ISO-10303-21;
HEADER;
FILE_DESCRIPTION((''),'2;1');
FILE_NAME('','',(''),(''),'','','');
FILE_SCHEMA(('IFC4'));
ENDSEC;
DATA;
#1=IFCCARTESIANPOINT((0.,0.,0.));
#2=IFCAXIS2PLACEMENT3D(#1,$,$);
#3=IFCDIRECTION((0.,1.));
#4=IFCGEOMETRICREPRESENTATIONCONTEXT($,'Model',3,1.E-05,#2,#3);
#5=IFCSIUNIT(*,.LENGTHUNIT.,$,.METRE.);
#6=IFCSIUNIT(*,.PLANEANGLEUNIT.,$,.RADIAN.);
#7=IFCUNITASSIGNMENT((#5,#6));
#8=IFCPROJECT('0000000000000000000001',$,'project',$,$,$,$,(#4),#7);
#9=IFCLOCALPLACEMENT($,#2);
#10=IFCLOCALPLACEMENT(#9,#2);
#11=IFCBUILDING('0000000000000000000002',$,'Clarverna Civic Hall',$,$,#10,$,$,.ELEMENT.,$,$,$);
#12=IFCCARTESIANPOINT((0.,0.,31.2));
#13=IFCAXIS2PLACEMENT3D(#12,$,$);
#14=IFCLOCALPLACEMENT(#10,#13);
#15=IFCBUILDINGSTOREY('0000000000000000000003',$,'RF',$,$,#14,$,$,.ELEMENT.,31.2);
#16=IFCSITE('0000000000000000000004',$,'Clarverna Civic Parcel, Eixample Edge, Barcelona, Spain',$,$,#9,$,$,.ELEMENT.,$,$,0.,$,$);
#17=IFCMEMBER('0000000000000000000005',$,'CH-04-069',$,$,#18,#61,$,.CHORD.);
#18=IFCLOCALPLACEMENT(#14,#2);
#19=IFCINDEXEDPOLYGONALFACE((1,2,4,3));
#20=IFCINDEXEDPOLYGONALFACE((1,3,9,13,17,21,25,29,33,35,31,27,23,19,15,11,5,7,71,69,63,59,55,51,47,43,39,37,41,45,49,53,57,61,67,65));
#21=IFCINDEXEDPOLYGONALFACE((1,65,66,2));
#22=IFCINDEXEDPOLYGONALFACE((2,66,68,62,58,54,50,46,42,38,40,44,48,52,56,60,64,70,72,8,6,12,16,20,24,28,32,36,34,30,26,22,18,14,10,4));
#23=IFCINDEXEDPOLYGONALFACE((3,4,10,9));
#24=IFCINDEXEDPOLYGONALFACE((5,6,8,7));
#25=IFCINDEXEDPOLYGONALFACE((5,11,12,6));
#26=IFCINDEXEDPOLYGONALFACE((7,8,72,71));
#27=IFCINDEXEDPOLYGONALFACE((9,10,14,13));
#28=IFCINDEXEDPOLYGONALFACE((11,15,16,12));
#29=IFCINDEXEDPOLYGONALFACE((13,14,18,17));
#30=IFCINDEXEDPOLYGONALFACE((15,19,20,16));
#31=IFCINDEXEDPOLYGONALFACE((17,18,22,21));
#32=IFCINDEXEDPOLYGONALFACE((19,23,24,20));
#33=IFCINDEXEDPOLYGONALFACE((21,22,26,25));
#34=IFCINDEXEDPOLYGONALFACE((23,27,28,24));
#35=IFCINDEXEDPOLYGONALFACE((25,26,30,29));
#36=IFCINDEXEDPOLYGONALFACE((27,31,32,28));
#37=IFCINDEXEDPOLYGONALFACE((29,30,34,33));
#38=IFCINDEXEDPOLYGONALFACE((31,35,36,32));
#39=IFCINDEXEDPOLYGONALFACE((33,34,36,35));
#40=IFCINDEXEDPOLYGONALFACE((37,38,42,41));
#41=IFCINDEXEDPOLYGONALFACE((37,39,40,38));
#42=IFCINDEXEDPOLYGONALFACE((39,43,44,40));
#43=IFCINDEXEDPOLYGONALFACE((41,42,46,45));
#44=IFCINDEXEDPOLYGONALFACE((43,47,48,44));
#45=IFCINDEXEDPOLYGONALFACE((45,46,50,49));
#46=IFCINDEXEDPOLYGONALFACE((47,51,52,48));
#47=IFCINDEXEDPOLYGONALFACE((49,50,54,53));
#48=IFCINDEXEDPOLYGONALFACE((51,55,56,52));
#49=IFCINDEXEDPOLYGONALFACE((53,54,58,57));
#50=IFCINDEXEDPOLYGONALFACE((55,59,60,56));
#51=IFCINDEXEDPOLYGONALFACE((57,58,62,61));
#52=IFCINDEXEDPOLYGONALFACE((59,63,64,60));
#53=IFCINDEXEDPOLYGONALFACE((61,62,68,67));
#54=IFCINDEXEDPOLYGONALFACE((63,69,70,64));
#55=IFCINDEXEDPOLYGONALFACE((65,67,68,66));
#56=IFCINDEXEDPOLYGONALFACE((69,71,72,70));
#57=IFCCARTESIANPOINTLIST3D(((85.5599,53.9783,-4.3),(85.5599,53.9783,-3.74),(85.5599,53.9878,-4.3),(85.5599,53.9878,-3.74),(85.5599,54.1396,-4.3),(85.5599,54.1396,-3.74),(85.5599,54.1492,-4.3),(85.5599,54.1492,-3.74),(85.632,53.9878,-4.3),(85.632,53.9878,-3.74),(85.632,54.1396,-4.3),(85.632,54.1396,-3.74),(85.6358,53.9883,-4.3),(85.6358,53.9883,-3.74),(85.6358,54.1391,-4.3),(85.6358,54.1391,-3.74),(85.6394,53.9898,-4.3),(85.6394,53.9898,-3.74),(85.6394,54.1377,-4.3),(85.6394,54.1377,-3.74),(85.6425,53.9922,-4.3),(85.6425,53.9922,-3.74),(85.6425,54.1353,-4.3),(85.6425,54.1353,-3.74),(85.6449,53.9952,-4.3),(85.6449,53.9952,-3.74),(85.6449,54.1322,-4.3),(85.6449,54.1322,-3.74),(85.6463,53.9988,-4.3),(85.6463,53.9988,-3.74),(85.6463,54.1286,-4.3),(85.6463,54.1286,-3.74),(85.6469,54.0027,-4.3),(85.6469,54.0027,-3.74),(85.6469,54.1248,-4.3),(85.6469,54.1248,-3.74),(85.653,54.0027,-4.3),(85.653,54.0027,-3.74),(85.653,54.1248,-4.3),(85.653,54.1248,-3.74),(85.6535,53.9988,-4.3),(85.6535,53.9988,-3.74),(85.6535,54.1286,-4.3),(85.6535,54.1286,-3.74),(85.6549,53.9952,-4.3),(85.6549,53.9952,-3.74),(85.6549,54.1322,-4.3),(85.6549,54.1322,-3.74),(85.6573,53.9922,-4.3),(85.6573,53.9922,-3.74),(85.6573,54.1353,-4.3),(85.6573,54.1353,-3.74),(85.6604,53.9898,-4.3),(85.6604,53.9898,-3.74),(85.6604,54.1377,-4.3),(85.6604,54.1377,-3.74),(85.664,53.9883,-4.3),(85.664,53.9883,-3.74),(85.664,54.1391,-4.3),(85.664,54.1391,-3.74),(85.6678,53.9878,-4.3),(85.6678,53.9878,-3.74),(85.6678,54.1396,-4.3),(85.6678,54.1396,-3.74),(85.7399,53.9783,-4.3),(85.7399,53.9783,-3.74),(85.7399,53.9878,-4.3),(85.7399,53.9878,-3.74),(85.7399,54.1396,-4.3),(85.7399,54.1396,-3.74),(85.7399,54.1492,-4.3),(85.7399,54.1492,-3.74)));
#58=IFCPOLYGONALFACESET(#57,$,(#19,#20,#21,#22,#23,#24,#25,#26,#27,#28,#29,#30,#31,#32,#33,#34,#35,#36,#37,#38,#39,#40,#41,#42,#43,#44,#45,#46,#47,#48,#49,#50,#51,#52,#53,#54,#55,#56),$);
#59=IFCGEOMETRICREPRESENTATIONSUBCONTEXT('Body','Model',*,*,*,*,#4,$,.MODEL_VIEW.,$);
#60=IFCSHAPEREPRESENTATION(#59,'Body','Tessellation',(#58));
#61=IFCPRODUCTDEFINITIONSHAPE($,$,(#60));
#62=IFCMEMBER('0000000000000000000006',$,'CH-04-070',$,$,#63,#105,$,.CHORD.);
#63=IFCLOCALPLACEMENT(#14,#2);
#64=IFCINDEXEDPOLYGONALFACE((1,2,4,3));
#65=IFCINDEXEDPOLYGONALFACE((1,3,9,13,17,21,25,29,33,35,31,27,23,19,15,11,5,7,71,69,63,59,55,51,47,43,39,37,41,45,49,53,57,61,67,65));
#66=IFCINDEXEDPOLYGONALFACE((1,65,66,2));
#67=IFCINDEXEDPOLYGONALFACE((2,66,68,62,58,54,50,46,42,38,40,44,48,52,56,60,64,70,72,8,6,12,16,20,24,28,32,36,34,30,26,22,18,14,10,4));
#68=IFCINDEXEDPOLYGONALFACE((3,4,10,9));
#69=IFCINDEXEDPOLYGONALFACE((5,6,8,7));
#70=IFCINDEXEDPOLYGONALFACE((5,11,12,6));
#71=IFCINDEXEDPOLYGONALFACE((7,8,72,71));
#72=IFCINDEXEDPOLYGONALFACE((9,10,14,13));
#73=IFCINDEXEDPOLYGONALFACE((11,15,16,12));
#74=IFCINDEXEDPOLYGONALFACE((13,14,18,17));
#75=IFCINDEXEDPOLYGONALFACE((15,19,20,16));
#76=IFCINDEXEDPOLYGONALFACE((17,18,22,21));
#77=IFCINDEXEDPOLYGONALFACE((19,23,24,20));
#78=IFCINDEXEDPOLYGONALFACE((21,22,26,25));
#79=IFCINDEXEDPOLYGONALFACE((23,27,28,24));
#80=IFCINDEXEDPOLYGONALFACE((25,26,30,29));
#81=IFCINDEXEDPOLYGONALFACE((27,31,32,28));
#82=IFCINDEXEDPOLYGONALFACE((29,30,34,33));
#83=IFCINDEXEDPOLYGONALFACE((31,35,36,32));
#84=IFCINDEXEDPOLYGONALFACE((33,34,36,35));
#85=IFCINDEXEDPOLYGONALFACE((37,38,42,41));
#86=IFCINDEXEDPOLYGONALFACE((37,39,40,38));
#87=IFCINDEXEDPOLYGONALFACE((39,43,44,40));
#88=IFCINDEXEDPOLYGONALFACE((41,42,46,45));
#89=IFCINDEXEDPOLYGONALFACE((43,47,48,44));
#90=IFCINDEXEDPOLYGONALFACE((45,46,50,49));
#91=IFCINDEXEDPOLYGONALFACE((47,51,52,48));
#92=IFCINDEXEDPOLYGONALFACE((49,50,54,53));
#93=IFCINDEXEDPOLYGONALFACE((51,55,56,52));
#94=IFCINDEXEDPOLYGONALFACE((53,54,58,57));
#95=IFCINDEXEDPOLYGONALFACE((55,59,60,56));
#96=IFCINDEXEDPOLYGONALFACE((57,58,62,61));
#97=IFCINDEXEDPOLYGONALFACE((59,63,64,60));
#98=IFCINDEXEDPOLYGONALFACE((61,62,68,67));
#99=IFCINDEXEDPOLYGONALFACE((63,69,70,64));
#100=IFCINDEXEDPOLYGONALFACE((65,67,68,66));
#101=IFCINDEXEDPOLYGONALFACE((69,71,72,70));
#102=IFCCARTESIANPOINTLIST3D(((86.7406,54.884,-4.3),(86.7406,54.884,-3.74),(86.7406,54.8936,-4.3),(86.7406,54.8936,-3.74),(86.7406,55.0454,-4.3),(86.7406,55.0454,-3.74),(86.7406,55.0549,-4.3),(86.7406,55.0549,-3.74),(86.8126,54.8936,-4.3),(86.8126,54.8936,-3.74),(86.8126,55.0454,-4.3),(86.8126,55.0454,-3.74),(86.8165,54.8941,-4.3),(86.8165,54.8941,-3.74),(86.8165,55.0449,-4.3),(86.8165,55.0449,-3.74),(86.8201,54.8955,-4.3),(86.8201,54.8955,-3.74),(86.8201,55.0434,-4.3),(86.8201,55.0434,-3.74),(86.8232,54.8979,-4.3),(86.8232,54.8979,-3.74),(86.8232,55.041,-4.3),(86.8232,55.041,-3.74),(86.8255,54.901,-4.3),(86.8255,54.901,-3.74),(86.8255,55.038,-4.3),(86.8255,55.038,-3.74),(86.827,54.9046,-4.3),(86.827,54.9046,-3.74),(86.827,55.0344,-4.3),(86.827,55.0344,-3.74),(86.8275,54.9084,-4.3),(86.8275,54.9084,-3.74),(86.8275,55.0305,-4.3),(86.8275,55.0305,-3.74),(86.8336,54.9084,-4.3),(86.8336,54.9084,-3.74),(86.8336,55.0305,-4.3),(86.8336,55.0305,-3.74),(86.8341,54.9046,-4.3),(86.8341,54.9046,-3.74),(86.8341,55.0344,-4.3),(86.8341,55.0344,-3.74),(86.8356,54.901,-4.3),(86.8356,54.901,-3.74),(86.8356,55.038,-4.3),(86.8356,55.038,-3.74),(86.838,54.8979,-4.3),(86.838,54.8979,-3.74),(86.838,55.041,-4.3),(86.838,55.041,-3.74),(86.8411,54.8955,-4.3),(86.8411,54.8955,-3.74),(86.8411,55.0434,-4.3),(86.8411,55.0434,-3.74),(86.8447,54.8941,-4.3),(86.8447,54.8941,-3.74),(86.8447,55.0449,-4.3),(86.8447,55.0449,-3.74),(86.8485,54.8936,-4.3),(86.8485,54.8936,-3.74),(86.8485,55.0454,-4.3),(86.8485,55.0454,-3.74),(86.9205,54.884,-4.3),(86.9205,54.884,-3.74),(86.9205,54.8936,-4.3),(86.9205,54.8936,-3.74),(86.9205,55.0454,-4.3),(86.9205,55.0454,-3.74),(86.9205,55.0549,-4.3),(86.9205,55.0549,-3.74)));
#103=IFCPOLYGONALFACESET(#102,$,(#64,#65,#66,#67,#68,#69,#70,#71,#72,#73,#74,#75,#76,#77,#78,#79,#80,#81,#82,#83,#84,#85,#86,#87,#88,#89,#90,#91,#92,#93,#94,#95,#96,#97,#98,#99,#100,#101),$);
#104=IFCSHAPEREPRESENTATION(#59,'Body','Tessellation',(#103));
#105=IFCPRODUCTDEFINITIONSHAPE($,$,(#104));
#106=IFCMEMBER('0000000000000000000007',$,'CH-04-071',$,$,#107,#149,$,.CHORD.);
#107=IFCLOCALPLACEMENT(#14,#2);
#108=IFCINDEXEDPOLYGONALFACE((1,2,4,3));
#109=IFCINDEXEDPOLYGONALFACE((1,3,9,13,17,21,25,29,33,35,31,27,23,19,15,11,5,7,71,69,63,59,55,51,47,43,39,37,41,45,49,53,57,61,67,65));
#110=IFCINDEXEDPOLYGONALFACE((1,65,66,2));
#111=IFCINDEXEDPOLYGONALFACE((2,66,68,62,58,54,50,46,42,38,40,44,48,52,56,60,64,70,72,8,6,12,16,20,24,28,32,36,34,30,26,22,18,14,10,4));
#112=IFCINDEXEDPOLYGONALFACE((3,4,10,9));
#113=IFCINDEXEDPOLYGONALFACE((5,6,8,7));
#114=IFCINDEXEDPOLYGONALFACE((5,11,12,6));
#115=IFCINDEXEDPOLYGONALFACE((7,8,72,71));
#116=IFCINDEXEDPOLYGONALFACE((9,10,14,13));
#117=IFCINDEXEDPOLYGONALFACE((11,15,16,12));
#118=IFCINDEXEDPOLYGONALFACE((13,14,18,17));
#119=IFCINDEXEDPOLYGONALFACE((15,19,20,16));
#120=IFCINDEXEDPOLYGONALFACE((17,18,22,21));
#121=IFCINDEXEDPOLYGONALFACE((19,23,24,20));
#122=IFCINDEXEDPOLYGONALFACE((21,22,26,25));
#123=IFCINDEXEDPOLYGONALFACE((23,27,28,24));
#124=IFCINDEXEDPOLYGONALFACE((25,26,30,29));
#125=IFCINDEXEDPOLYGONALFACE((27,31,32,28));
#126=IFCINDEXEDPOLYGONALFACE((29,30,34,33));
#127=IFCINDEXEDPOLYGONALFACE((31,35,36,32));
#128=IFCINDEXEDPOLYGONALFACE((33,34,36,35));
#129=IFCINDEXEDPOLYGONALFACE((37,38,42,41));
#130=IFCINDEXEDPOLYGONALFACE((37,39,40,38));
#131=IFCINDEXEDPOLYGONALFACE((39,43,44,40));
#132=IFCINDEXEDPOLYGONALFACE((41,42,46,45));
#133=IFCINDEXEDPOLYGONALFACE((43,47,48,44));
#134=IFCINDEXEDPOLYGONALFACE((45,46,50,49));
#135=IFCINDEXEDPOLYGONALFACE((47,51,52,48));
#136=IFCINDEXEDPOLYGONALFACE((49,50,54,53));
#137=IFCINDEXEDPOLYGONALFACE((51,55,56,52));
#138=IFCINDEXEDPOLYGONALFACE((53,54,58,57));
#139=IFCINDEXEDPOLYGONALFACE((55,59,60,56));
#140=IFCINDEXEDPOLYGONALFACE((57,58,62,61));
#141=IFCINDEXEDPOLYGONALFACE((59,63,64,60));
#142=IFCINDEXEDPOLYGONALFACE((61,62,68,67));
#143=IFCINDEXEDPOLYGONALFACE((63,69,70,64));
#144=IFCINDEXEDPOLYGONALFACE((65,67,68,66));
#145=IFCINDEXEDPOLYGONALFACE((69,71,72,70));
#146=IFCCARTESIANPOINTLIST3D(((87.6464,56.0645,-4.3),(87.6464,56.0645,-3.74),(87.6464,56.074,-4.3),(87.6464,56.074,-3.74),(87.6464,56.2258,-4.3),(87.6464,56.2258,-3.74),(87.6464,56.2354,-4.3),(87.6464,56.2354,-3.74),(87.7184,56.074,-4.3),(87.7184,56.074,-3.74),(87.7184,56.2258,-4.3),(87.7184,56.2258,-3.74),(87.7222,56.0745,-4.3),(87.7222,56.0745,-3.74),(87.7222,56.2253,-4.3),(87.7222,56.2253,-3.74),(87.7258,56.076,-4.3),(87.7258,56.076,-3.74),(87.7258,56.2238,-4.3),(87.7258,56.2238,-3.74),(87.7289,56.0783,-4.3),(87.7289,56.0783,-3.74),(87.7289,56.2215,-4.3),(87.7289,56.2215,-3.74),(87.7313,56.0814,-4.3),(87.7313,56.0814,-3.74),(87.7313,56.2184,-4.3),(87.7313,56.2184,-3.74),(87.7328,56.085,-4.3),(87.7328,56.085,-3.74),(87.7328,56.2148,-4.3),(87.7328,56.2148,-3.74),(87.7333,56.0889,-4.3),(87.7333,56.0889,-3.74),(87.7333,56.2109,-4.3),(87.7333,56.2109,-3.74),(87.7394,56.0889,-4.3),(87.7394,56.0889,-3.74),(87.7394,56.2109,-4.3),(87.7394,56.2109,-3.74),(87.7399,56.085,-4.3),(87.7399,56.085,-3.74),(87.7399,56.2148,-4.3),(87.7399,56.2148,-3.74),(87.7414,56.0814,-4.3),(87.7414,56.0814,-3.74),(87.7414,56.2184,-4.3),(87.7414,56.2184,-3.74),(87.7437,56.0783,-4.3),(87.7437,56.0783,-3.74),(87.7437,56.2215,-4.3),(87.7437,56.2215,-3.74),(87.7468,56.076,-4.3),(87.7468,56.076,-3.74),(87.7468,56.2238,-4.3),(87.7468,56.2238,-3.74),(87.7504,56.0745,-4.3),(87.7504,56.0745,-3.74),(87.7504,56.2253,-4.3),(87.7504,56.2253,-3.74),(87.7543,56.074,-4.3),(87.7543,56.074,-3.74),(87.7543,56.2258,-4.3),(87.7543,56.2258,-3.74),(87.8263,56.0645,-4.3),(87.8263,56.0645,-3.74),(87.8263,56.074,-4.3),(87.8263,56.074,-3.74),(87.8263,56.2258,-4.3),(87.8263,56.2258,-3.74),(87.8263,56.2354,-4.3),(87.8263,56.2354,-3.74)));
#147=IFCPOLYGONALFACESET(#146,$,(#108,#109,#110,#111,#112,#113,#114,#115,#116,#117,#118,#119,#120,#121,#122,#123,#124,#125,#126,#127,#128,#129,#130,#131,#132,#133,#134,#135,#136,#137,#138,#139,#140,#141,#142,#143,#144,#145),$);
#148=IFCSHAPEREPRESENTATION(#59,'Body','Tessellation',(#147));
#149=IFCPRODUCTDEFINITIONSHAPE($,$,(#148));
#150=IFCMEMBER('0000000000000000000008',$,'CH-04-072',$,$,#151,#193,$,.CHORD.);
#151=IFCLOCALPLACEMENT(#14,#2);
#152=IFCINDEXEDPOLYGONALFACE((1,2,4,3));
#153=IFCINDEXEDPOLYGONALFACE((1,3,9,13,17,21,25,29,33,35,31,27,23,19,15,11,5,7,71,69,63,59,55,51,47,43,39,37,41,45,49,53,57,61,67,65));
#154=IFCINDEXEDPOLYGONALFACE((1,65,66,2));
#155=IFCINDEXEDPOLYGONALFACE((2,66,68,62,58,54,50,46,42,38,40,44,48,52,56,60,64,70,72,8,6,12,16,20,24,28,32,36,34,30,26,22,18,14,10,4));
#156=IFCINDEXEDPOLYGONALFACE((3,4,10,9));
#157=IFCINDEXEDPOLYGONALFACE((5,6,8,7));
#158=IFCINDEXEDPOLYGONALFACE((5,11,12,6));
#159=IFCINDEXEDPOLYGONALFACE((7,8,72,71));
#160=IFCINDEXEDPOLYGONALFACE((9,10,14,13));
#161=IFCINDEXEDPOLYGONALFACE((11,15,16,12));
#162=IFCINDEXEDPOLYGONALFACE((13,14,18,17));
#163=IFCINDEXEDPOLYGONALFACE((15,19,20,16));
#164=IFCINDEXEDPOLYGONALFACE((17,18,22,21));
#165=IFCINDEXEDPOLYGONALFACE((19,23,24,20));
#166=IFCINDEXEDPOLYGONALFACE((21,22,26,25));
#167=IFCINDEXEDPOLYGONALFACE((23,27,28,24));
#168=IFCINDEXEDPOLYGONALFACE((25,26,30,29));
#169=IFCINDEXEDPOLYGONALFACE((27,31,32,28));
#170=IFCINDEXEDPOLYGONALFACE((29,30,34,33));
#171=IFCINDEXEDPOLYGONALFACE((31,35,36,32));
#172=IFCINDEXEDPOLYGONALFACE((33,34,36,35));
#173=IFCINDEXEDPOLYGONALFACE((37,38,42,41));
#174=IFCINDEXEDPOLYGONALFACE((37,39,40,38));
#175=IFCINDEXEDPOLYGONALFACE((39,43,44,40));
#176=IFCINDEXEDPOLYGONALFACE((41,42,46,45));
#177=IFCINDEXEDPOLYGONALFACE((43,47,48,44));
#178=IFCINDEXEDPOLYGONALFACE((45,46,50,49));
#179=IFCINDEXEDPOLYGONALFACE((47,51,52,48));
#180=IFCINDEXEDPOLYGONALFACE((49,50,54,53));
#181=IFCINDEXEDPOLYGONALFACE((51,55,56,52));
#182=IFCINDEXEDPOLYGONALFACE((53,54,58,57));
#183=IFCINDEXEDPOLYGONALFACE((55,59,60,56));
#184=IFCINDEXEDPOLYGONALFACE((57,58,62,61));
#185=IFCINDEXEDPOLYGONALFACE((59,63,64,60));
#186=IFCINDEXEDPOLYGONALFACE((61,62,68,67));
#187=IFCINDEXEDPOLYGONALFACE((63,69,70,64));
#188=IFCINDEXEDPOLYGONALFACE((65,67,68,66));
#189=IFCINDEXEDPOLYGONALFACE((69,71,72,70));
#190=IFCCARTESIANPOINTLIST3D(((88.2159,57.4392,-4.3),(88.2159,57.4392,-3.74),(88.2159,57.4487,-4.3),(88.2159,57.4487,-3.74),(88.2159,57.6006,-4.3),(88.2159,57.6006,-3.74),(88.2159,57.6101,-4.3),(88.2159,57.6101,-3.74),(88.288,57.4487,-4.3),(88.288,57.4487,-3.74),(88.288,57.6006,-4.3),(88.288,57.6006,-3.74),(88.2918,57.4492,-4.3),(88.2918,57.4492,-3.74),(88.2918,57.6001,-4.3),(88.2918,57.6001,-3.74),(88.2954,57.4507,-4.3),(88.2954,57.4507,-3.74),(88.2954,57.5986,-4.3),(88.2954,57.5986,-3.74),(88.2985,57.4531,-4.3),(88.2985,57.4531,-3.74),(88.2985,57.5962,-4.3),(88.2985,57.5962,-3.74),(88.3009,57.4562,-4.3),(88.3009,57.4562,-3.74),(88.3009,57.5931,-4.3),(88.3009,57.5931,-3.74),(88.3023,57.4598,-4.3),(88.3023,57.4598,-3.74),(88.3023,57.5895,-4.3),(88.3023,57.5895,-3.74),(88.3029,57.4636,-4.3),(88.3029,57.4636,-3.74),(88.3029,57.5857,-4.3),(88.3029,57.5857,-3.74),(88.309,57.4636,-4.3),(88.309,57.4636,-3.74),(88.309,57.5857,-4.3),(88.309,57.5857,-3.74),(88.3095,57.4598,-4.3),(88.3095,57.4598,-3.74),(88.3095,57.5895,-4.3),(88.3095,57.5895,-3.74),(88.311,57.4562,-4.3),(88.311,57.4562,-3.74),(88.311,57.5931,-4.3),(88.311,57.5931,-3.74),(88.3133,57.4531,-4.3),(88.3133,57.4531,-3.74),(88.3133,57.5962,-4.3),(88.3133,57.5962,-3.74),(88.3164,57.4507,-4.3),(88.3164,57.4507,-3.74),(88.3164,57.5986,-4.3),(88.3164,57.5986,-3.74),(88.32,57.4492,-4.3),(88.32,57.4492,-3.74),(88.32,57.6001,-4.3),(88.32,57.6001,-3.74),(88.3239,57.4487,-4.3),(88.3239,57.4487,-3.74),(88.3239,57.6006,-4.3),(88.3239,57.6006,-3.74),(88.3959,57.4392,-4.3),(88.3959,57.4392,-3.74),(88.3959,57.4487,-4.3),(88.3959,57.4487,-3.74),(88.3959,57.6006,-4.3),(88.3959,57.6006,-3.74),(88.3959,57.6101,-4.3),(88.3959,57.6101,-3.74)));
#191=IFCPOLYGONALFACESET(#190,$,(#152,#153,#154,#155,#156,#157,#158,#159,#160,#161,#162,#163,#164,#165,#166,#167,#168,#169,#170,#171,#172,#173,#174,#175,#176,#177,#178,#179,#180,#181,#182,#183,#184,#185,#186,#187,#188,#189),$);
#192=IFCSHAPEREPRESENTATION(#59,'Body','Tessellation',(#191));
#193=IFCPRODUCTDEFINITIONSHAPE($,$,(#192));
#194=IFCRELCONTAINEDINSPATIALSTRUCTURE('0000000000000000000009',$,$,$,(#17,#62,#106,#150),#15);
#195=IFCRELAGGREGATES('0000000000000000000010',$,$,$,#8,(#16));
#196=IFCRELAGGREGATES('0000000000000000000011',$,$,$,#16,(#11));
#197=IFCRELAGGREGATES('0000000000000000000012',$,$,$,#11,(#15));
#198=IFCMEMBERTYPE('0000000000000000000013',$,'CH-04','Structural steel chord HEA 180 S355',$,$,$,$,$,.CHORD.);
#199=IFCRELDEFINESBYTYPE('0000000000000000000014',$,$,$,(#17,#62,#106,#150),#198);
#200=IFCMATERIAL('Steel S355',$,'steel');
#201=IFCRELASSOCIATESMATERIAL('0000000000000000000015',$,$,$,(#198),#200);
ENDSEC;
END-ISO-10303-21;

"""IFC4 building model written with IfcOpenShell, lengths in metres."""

from ifc_helpers import new_model, si_unit, direction, frame, origin, origin_2d, place, context, subcontext, project, spatial, i_section, extrude, material, material_profile, profile_set, type_object, element, save


model = new_model("IFC4")

# Units and contexts
model_context = context("Model", 3, precision=1e-05, world=origin(), true_north=direction((0.0, 1.0)))
body_context = subcontext(model_context, "Body", "Model", "MODEL_VIEW")
ifc_project = project(units=[si_unit("LENGTHUNIT", "METRE"), si_unit("PLANEANGLEUNIT", "RADIAN")], contexts=[model_context])

# Site, building, storey
site_placement = place(None, origin())
site = spatial("IfcSite", under=ifc_project, at=site_placement, Name="Clarverna Civic Parcel, Eixample Edge, Barcelona, Spain", CompositionType="ELEMENT", RefElevation=0.0)
building_placement = place(site_placement, origin())
building = spatial("IfcBuilding", under=site, at=building_placement, Name="Clarverna Civic Hall", CompositionType="ELEMENT")
storey_placement = place(building_placement, frame((0.0, 0.0, 31.2)))
storey = spatial("IfcBuildingStorey", under=building, at=storey_placement, Name="RF", CompositionType="ELEMENT", Elevation=31.2)

# Members
ifc_material_1 = material(Name="Steel S355", Category="steel")
ifc_material_profile_1 = material_profile(ifc_material_1, i_section(OverallWidth=0.1799, OverallDepth=0.1709, WebThickness=0.0061, FlangeThickness=0.0095, FilletRadius=0.0149, at=origin_2d()), Name="HEA 180")
ifc_profile_set_1 = profile_set([ifc_material_profile_1], Name="Steel S355")
member_type_1 = type_object("IfcMemberType", Name="CH-04", Description="Structural steel chord HEA 180 S355", PredefinedType="CHORD", material=ifc_profile_set_1)
for number, where, z_axis, x_axis, name in (
    (1, (85.6499, 54.0637, -4.3), (0.0, 0.0, 1.0), (1.0, 0.0, 0.0), "CH-04-069"),
    (2, (86.8306, 54.9695, -4.3), (0.0, 0.0, 1.0), (1.0, 0.0, 0.0), "CH-04-070"),
    (3, (87.7363, 56.1499, -4.3), (0.0, 0.0, 1.0), (1.0, 0.0, 0.0), "CH-04-071"),
    (4, (88.3059, 57.5247, -4.3), (0.0, 0.0, 1.0), (1.0, 0.0, 0.0), "CH-04-072"),
):
    element("IfcMember", number, at=place(storey_placement, frame(where, z_axis=z_axis, x_axis=x_axis)), inside=storey, type_object=member_type_1, Name=name, PredefinedType="CHORD", context=body_context, shape_type="SweptSolid", body=[
        extrude(i_section(OverallWidth=0.1799, OverallDepth=0.1709, WebThickness=0.0061, FlangeThickness=0.0095, FilletRadius=0.0149, at=origin_2d()), origin(), (0.0, 0.0, 1.0), 0.5601),
    ])

save(model, "model.ifc")
